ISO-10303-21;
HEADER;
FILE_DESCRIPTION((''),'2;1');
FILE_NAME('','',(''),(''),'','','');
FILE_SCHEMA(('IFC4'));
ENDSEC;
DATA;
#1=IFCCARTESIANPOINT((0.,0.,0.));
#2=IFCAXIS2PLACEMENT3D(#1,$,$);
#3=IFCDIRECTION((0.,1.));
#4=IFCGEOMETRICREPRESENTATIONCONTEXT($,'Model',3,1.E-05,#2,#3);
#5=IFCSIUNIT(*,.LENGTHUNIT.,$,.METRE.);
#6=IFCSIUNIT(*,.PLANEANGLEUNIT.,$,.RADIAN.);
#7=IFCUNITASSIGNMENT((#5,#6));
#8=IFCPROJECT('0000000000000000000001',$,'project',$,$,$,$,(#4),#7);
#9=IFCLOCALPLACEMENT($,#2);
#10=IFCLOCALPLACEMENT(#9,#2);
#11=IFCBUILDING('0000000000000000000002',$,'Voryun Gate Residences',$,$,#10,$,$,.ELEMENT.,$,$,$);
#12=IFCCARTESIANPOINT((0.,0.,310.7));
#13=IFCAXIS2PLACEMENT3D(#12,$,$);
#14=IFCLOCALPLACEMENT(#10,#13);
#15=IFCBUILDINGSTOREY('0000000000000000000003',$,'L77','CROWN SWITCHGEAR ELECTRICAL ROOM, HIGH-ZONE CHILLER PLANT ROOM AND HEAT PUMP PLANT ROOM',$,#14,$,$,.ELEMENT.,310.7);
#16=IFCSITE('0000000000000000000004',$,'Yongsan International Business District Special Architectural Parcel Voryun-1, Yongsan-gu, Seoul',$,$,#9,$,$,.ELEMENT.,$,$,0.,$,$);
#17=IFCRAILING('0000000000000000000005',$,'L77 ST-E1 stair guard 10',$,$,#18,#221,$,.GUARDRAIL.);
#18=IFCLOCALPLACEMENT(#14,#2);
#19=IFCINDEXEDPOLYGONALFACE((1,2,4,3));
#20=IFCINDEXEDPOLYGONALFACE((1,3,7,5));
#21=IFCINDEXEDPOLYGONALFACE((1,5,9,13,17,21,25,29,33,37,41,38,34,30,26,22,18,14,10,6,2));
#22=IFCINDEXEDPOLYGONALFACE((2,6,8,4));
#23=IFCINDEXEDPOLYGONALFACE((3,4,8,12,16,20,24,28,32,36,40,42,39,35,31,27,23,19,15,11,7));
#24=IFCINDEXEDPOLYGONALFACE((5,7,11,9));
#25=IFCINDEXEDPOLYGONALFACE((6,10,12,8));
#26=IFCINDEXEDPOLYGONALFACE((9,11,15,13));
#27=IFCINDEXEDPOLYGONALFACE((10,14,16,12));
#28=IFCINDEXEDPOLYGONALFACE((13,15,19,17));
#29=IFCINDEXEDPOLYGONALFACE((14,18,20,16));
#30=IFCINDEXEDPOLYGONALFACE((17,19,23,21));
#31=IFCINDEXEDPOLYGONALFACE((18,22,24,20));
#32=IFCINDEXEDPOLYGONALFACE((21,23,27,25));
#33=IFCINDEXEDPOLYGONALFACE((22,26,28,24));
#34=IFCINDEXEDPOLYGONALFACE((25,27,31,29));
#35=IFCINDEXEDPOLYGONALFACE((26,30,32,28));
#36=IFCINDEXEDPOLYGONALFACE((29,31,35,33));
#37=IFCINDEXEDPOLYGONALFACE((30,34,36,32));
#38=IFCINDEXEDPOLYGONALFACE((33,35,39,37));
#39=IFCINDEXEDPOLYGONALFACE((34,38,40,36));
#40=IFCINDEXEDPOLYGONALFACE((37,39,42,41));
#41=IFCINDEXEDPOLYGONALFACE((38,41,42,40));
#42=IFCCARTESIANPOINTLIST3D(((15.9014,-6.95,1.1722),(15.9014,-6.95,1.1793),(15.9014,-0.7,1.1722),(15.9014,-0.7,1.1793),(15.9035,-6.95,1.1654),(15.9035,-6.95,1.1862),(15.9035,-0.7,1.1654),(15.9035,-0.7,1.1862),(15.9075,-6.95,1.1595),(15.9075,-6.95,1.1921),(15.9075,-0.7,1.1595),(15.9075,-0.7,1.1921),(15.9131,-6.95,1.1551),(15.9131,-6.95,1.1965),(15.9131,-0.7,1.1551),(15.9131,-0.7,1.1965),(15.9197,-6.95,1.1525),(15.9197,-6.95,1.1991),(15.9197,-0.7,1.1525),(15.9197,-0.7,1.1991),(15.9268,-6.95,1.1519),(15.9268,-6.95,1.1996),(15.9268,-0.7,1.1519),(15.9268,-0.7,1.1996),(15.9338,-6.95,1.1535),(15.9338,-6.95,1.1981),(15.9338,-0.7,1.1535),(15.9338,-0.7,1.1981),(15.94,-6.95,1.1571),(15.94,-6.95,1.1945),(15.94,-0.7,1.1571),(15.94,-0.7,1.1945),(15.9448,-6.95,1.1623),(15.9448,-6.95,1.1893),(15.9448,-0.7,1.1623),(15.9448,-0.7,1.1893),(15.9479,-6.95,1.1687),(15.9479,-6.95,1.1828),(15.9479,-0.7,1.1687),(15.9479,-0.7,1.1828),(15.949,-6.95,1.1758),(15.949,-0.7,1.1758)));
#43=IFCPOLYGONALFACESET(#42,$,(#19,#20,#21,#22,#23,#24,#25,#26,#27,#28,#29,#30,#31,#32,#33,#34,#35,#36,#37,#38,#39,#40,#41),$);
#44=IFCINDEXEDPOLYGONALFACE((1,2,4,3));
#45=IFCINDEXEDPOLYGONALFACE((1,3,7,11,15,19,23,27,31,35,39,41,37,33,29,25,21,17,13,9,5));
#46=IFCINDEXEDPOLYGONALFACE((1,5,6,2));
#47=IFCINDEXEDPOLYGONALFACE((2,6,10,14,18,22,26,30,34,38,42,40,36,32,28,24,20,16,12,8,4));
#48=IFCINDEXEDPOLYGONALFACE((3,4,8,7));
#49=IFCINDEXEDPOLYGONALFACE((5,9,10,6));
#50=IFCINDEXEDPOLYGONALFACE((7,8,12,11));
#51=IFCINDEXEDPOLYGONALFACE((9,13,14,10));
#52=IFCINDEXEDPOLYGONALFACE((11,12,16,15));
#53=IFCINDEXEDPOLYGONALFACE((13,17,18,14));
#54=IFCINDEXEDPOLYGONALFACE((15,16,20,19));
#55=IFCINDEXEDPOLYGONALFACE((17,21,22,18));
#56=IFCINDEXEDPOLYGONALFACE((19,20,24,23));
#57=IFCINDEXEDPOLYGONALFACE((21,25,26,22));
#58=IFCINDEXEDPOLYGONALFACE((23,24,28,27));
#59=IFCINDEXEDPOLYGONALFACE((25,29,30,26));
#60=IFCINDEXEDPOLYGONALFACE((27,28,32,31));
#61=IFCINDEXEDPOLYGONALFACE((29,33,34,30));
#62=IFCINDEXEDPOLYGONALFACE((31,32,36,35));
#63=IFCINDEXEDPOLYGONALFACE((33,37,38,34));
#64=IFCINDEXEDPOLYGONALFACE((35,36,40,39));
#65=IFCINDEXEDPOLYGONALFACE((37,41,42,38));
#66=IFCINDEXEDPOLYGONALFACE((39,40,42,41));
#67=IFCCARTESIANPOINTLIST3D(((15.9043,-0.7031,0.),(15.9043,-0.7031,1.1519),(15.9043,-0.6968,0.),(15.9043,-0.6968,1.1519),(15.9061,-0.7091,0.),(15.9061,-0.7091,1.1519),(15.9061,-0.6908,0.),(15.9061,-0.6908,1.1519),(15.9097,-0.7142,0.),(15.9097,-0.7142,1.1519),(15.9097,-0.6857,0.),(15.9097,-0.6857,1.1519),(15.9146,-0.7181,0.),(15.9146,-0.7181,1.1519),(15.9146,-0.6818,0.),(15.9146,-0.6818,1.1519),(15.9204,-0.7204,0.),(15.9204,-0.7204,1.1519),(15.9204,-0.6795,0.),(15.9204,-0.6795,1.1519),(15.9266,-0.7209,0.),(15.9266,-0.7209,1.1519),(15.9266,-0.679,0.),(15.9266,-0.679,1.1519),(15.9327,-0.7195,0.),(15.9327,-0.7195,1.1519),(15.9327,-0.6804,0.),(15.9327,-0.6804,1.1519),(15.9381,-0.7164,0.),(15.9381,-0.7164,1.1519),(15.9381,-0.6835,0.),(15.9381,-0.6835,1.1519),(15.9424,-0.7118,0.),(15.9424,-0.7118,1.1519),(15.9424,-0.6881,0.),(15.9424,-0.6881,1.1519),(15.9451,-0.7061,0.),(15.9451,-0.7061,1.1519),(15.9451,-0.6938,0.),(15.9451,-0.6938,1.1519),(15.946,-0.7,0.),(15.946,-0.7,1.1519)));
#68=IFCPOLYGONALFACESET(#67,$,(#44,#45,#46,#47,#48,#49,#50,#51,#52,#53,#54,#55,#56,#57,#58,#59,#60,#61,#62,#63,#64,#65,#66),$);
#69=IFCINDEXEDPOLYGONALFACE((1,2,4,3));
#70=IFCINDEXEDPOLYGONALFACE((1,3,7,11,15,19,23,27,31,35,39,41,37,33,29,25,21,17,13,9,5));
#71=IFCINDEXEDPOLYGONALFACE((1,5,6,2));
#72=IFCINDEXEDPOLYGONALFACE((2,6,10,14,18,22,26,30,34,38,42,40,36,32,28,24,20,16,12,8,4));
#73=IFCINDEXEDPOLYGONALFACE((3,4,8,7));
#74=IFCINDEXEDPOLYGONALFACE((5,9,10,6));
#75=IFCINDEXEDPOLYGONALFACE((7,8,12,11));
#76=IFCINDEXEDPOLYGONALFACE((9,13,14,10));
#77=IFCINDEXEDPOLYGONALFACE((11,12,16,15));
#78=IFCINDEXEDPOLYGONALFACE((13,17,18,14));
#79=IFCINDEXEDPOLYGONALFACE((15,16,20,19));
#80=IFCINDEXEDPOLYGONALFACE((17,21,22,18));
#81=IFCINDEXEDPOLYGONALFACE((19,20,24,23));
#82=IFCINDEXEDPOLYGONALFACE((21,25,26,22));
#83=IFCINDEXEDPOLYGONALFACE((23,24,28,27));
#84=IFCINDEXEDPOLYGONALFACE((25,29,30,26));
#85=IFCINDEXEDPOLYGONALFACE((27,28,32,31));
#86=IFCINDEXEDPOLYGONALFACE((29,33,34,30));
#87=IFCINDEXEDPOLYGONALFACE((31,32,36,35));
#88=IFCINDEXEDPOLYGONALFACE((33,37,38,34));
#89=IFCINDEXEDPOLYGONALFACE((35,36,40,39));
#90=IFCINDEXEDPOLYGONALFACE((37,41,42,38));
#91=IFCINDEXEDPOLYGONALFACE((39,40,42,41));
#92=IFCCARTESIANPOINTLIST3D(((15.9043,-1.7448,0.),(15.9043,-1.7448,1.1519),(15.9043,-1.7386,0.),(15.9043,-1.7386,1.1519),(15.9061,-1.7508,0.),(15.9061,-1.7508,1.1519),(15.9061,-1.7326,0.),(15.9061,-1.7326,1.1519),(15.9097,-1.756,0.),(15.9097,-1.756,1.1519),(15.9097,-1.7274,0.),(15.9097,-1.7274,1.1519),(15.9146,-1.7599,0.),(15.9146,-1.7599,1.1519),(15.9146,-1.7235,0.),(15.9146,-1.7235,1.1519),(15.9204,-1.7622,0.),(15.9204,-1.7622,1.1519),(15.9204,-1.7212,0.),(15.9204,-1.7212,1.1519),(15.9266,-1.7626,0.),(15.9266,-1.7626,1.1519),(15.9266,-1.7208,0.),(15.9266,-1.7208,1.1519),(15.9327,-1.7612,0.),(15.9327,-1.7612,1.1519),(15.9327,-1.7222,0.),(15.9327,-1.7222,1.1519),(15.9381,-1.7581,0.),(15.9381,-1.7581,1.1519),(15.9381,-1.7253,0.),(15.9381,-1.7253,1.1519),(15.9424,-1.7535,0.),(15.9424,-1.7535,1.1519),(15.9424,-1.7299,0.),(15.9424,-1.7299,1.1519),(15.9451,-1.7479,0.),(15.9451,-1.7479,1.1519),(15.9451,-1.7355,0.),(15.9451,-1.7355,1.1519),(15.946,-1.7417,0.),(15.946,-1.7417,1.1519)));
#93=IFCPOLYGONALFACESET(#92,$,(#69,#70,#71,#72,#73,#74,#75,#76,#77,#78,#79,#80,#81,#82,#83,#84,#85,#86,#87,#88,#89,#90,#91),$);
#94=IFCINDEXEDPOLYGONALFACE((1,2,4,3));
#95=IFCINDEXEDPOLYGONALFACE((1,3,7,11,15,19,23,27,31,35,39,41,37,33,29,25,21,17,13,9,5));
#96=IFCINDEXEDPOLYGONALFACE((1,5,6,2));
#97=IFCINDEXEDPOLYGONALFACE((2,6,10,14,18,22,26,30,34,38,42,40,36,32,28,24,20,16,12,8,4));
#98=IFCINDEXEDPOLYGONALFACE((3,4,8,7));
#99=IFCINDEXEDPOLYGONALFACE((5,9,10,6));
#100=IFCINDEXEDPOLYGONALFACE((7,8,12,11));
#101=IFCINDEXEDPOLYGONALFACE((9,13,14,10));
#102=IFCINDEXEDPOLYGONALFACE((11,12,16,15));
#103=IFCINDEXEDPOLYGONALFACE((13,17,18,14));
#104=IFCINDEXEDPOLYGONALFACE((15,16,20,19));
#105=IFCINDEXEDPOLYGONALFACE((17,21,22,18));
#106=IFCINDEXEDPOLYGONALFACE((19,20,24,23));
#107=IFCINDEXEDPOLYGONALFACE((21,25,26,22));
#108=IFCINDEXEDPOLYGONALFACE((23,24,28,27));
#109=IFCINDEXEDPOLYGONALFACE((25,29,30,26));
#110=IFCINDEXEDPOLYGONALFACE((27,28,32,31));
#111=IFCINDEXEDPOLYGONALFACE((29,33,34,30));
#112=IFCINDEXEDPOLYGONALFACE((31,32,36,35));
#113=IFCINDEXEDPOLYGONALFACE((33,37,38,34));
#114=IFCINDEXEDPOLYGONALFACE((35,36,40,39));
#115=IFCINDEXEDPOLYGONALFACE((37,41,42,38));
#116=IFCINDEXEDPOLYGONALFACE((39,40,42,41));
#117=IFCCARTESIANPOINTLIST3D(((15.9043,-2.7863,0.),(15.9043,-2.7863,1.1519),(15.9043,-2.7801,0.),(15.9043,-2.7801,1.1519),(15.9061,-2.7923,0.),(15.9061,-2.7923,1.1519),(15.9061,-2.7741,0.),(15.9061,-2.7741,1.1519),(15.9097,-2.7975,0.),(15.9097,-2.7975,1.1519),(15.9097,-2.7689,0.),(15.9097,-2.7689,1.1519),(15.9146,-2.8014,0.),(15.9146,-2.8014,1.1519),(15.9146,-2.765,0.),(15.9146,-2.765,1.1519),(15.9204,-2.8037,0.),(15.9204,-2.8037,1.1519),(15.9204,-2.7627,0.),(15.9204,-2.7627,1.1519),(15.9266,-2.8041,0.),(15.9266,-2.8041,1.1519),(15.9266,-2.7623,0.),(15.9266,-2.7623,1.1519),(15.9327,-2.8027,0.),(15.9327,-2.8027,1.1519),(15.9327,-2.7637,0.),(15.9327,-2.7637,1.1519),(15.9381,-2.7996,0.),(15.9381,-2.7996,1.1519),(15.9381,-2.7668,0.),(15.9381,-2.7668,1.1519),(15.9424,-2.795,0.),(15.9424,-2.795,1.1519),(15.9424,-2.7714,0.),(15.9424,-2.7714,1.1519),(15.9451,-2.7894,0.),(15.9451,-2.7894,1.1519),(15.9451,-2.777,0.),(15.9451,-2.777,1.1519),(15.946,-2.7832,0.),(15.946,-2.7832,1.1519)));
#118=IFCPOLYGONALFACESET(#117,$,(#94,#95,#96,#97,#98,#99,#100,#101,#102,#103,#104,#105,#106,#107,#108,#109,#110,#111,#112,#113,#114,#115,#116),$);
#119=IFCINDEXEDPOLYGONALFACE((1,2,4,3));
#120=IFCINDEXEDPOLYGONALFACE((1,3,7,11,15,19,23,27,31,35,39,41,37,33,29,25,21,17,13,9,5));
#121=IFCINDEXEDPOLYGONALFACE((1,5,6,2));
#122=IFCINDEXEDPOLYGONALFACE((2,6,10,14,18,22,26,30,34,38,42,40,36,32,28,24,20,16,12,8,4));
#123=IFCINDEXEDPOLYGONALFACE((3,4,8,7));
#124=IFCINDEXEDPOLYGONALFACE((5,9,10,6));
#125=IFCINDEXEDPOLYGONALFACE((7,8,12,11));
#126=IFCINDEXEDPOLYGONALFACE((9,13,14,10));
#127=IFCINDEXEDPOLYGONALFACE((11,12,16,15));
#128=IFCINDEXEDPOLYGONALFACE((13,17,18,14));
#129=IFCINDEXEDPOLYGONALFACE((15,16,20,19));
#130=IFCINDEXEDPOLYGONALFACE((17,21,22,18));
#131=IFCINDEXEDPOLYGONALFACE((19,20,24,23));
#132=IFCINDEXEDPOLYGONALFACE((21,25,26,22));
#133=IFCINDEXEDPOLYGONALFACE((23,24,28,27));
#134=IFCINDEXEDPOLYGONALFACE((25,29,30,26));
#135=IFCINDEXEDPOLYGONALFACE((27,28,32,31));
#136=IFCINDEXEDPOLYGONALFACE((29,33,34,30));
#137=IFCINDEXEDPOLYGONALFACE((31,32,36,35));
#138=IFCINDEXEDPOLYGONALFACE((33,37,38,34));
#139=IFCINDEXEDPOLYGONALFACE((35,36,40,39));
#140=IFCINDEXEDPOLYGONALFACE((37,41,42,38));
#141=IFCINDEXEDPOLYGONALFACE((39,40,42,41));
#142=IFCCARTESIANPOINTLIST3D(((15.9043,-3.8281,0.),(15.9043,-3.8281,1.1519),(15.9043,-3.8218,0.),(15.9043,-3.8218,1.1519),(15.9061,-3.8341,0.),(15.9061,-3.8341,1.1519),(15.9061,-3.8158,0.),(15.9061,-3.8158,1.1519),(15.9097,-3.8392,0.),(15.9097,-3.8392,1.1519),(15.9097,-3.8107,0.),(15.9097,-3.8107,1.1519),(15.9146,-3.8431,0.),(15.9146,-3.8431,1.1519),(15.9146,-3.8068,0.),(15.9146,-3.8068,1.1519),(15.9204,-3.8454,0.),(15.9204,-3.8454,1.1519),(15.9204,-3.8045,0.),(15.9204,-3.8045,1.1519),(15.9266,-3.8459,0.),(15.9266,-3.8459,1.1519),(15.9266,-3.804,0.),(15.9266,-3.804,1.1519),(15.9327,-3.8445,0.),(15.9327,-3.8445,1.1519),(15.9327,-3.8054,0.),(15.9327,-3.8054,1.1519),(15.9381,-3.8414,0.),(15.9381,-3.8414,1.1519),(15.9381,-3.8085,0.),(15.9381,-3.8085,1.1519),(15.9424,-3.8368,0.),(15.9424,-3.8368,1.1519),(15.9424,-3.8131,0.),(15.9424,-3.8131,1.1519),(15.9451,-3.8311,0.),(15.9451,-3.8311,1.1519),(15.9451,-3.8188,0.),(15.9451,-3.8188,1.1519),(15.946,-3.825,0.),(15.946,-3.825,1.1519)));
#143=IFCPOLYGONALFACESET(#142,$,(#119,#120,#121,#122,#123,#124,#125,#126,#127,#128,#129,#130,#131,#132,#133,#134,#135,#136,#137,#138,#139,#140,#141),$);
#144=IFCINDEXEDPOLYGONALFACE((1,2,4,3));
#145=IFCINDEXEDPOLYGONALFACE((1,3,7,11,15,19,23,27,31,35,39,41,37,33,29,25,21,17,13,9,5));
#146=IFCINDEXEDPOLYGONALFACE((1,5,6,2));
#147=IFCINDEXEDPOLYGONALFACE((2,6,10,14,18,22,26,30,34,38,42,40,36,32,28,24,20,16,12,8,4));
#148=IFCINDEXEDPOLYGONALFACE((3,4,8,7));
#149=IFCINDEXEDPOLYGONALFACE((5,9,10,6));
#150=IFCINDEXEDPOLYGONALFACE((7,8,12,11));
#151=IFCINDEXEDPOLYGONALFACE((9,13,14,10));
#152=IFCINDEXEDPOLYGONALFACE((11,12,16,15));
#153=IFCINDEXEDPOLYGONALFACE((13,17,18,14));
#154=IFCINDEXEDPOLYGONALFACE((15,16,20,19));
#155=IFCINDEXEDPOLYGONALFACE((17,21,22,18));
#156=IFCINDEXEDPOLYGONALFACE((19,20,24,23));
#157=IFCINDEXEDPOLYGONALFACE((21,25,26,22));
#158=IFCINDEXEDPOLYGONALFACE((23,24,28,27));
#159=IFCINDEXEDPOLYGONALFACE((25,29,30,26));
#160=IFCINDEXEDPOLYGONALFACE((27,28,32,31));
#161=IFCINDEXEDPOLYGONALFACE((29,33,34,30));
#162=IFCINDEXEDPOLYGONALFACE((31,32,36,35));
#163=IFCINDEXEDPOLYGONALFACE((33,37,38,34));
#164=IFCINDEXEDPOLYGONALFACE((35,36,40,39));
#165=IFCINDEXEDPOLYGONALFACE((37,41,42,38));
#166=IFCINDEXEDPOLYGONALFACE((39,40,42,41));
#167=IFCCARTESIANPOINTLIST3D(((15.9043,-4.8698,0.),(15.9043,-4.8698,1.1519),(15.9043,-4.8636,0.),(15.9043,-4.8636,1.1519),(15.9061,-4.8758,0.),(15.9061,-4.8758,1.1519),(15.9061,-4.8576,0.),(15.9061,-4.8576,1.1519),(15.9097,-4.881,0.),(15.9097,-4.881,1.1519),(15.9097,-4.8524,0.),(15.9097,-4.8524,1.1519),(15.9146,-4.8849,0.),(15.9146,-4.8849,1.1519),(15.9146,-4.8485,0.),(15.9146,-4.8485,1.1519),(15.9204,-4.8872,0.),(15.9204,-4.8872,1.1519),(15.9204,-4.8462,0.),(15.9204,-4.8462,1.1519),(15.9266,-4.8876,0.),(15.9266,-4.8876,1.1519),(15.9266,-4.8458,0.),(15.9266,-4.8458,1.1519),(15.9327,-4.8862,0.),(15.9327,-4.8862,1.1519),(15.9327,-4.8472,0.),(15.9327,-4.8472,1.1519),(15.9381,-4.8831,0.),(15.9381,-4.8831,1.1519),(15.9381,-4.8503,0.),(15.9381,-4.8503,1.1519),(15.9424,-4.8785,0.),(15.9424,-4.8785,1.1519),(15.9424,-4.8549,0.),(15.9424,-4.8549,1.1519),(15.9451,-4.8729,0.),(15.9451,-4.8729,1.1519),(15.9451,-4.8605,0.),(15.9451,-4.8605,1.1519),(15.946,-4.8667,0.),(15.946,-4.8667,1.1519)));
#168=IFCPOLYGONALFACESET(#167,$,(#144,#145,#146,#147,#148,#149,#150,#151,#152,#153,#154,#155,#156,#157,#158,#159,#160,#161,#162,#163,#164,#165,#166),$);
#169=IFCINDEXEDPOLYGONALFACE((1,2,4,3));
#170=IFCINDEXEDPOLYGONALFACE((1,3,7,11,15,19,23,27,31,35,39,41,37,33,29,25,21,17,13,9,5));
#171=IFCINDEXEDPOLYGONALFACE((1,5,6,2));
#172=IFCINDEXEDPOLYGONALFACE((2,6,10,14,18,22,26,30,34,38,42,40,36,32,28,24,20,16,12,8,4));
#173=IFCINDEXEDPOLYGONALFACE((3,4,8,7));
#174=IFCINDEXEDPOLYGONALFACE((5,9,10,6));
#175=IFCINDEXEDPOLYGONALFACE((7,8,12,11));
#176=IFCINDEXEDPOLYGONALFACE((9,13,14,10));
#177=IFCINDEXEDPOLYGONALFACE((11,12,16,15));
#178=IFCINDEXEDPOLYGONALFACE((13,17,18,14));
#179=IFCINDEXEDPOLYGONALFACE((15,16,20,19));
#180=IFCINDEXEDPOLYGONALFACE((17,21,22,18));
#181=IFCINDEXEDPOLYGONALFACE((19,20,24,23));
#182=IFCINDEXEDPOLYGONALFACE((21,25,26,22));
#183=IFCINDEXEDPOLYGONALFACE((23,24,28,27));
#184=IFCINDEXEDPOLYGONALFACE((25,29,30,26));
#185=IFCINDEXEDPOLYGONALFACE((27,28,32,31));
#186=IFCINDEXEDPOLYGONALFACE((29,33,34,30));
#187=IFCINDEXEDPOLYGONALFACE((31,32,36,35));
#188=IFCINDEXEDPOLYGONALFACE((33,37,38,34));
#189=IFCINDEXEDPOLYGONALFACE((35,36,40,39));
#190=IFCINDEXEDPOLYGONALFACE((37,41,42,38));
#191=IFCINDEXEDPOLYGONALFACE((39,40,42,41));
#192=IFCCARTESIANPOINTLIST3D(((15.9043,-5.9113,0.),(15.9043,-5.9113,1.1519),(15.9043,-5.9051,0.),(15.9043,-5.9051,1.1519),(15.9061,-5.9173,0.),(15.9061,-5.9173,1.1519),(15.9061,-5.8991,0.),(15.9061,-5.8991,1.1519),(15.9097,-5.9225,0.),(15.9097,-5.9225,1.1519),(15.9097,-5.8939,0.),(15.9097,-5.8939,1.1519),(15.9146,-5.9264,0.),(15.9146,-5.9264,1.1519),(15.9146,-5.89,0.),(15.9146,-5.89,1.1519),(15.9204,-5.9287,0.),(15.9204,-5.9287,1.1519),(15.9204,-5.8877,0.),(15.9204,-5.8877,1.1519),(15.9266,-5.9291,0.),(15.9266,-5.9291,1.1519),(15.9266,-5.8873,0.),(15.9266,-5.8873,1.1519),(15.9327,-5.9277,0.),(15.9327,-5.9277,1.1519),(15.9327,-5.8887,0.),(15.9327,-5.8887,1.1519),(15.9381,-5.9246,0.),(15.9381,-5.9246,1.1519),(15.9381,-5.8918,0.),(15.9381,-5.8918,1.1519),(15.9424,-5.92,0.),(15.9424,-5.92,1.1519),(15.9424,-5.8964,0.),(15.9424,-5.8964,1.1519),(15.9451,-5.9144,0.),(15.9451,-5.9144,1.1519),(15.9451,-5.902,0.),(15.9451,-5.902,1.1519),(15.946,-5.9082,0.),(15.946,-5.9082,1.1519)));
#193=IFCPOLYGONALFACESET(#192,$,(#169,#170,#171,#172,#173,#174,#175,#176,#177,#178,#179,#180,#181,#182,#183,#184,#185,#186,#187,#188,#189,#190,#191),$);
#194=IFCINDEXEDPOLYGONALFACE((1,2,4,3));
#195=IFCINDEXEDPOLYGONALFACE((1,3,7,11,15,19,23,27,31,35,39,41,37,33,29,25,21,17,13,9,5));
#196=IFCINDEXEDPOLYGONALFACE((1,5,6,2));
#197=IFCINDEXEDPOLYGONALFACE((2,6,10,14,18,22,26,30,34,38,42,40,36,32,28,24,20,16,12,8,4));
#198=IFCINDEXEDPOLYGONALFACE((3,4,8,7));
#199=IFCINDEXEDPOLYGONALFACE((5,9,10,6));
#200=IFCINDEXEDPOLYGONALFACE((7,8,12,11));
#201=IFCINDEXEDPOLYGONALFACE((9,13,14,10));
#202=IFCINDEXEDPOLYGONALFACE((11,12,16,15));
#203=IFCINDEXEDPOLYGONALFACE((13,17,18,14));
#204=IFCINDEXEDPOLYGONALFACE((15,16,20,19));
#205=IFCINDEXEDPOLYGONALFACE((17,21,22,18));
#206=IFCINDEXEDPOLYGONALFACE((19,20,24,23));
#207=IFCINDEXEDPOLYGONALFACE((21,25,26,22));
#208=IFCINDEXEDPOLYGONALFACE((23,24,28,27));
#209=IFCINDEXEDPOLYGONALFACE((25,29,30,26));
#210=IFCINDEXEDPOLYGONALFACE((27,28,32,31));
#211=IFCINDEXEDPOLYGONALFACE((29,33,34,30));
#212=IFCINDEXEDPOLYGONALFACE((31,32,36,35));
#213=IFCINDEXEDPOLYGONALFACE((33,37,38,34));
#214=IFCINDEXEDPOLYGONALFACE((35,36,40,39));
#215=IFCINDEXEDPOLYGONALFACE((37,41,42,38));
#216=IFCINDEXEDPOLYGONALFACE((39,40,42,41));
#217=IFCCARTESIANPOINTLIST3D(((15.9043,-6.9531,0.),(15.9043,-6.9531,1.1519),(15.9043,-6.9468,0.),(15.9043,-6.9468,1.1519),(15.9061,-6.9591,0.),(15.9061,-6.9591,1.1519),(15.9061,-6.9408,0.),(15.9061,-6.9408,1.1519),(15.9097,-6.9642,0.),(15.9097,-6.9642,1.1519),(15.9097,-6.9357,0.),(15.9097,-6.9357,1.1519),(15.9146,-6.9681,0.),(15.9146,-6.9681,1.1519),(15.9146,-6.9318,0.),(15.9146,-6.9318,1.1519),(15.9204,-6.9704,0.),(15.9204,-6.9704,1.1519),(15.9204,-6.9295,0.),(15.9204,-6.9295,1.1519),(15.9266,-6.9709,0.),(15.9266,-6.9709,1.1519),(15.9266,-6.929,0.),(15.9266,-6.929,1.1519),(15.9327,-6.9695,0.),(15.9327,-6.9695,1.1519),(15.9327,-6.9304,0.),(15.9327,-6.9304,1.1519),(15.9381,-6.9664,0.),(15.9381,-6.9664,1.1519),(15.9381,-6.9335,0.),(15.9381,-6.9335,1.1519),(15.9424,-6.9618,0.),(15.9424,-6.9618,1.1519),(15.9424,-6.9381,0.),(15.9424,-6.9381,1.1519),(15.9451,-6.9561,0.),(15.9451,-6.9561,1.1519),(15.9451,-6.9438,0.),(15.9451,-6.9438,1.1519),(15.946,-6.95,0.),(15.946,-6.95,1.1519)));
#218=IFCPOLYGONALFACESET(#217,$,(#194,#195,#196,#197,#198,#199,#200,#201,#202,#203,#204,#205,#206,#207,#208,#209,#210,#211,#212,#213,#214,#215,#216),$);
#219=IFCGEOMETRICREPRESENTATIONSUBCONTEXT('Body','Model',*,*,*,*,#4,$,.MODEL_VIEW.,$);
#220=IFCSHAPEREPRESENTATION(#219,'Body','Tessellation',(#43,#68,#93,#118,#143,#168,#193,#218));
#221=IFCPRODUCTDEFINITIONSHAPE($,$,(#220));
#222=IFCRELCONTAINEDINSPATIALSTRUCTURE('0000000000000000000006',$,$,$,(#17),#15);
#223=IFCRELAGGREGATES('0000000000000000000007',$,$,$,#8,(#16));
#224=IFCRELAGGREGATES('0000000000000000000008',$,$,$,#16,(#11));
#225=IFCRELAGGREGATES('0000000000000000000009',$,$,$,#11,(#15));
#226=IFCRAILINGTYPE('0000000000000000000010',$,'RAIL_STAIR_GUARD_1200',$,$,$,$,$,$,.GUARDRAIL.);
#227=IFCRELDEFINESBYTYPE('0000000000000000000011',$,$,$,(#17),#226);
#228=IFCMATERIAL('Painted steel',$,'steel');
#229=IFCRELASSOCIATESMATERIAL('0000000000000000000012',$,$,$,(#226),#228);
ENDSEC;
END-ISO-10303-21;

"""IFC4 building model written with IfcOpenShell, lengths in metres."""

from ifc_helpers import new_model, si_unit, direction, frame, origin, origin_2d, place, context, subcontext, project, spatial, circle, extrude, material, type_object, element, save


model = new_model("IFC4")

# Units and contexts
model_context = context("Model", 3, precision=1e-05, world=origin(), true_north=direction((0.0, 1.0)))
body_context = subcontext(model_context, "Body", "Model", "MODEL_VIEW")
ifc_project = project(units=[si_unit("LENGTHUNIT", "METRE"), si_unit("PLANEANGLEUNIT", "RADIAN")], contexts=[model_context])

# Site, building, storey
site_placement = place(None, origin())
site = spatial("IfcSite", under=ifc_project, at=site_placement, Name="Yongsan International Business District Special Architectural Parcel Voryun-1, Yongsan-gu, Seoul", CompositionType="ELEMENT", RefElevation=0.0)
building_placement = place(site_placement, origin())
building = spatial("IfcBuilding", under=site, at=building_placement, Name="Voryun Gate Residences", CompositionType="ELEMENT")
storey_placement = place(building_placement, frame((0.0, 0.0, 310.7)))
storey = spatial("IfcBuildingStorey", under=building, at=storey_placement, Name="L77", Description="CROWN SWITCHGEAR ELECTRICAL ROOM, HIGH-ZONE CHILLER PLANT ROOM AND HEAT PUMP PLANT ROOM", CompositionType="ELEMENT", Elevation=310.7)

# Railing
ifc_material_1 = material(Name="Painted steel", Category="steel")
railing_type_1 = type_object("IfcRailingType", Name="RAIL_STAIR_GUARD_1200", PredefinedType="GUARDRAIL", material=ifc_material_1)
railing_1_placement = place(storey_placement, frame((15.925, -0.7, 0.0)))
element("IfcRailing", 1, at=railing_1_placement, inside=storey, type_object=railing_type_1, Name="L77 ST-E1 stair guard 10", PredefinedType="GUARDRAIL", context=body_context, shape_type="SweptSolid", body=[
    extrude(circle(Radius=0.0239, at=origin_2d()), frame((0.0, 0.0, 1.1758), z_axis=(0.0, -1.0, 0.0), x_axis=(1.0, 0.0, 0.0)), (0.0, 0.0, 1.0), 6.25),
    extrude(circle(Radius=0.021, at=origin_2d()), origin(), (0.0, 0.0, 1.0), 1.1519),
    extrude(circle(Radius=0.021, at=origin_2d()), frame((0.0, -1.0417, 0.0)), (0.0, 0.0, 1.0), 1.1519),
    extrude(circle(Radius=0.021, at=origin_2d()), frame((0.0, -2.0833, 0.0)), (0.0, 0.0, 1.0), 1.1519),
    extrude(circle(Radius=0.021, at=origin_2d()), frame((0.0, -3.125, 0.0)), (0.0, 0.0, 1.0), 1.1519),
    extrude(circle(Radius=0.021, at=origin_2d()), frame((0.0, -4.1667, 0.0)), (0.0, 0.0, 1.0), 1.1519),
    extrude(circle(Radius=0.021, at=origin_2d()), frame((0.0, -5.2083, 0.0)), (0.0, 0.0, 1.0), 1.1519),
    extrude(circle(Radius=0.021, at=origin_2d()), frame((0.0, -6.25, 0.0)), (0.0, 0.0, 1.0), 1.1519),
])

save(model, "model.ifc")
